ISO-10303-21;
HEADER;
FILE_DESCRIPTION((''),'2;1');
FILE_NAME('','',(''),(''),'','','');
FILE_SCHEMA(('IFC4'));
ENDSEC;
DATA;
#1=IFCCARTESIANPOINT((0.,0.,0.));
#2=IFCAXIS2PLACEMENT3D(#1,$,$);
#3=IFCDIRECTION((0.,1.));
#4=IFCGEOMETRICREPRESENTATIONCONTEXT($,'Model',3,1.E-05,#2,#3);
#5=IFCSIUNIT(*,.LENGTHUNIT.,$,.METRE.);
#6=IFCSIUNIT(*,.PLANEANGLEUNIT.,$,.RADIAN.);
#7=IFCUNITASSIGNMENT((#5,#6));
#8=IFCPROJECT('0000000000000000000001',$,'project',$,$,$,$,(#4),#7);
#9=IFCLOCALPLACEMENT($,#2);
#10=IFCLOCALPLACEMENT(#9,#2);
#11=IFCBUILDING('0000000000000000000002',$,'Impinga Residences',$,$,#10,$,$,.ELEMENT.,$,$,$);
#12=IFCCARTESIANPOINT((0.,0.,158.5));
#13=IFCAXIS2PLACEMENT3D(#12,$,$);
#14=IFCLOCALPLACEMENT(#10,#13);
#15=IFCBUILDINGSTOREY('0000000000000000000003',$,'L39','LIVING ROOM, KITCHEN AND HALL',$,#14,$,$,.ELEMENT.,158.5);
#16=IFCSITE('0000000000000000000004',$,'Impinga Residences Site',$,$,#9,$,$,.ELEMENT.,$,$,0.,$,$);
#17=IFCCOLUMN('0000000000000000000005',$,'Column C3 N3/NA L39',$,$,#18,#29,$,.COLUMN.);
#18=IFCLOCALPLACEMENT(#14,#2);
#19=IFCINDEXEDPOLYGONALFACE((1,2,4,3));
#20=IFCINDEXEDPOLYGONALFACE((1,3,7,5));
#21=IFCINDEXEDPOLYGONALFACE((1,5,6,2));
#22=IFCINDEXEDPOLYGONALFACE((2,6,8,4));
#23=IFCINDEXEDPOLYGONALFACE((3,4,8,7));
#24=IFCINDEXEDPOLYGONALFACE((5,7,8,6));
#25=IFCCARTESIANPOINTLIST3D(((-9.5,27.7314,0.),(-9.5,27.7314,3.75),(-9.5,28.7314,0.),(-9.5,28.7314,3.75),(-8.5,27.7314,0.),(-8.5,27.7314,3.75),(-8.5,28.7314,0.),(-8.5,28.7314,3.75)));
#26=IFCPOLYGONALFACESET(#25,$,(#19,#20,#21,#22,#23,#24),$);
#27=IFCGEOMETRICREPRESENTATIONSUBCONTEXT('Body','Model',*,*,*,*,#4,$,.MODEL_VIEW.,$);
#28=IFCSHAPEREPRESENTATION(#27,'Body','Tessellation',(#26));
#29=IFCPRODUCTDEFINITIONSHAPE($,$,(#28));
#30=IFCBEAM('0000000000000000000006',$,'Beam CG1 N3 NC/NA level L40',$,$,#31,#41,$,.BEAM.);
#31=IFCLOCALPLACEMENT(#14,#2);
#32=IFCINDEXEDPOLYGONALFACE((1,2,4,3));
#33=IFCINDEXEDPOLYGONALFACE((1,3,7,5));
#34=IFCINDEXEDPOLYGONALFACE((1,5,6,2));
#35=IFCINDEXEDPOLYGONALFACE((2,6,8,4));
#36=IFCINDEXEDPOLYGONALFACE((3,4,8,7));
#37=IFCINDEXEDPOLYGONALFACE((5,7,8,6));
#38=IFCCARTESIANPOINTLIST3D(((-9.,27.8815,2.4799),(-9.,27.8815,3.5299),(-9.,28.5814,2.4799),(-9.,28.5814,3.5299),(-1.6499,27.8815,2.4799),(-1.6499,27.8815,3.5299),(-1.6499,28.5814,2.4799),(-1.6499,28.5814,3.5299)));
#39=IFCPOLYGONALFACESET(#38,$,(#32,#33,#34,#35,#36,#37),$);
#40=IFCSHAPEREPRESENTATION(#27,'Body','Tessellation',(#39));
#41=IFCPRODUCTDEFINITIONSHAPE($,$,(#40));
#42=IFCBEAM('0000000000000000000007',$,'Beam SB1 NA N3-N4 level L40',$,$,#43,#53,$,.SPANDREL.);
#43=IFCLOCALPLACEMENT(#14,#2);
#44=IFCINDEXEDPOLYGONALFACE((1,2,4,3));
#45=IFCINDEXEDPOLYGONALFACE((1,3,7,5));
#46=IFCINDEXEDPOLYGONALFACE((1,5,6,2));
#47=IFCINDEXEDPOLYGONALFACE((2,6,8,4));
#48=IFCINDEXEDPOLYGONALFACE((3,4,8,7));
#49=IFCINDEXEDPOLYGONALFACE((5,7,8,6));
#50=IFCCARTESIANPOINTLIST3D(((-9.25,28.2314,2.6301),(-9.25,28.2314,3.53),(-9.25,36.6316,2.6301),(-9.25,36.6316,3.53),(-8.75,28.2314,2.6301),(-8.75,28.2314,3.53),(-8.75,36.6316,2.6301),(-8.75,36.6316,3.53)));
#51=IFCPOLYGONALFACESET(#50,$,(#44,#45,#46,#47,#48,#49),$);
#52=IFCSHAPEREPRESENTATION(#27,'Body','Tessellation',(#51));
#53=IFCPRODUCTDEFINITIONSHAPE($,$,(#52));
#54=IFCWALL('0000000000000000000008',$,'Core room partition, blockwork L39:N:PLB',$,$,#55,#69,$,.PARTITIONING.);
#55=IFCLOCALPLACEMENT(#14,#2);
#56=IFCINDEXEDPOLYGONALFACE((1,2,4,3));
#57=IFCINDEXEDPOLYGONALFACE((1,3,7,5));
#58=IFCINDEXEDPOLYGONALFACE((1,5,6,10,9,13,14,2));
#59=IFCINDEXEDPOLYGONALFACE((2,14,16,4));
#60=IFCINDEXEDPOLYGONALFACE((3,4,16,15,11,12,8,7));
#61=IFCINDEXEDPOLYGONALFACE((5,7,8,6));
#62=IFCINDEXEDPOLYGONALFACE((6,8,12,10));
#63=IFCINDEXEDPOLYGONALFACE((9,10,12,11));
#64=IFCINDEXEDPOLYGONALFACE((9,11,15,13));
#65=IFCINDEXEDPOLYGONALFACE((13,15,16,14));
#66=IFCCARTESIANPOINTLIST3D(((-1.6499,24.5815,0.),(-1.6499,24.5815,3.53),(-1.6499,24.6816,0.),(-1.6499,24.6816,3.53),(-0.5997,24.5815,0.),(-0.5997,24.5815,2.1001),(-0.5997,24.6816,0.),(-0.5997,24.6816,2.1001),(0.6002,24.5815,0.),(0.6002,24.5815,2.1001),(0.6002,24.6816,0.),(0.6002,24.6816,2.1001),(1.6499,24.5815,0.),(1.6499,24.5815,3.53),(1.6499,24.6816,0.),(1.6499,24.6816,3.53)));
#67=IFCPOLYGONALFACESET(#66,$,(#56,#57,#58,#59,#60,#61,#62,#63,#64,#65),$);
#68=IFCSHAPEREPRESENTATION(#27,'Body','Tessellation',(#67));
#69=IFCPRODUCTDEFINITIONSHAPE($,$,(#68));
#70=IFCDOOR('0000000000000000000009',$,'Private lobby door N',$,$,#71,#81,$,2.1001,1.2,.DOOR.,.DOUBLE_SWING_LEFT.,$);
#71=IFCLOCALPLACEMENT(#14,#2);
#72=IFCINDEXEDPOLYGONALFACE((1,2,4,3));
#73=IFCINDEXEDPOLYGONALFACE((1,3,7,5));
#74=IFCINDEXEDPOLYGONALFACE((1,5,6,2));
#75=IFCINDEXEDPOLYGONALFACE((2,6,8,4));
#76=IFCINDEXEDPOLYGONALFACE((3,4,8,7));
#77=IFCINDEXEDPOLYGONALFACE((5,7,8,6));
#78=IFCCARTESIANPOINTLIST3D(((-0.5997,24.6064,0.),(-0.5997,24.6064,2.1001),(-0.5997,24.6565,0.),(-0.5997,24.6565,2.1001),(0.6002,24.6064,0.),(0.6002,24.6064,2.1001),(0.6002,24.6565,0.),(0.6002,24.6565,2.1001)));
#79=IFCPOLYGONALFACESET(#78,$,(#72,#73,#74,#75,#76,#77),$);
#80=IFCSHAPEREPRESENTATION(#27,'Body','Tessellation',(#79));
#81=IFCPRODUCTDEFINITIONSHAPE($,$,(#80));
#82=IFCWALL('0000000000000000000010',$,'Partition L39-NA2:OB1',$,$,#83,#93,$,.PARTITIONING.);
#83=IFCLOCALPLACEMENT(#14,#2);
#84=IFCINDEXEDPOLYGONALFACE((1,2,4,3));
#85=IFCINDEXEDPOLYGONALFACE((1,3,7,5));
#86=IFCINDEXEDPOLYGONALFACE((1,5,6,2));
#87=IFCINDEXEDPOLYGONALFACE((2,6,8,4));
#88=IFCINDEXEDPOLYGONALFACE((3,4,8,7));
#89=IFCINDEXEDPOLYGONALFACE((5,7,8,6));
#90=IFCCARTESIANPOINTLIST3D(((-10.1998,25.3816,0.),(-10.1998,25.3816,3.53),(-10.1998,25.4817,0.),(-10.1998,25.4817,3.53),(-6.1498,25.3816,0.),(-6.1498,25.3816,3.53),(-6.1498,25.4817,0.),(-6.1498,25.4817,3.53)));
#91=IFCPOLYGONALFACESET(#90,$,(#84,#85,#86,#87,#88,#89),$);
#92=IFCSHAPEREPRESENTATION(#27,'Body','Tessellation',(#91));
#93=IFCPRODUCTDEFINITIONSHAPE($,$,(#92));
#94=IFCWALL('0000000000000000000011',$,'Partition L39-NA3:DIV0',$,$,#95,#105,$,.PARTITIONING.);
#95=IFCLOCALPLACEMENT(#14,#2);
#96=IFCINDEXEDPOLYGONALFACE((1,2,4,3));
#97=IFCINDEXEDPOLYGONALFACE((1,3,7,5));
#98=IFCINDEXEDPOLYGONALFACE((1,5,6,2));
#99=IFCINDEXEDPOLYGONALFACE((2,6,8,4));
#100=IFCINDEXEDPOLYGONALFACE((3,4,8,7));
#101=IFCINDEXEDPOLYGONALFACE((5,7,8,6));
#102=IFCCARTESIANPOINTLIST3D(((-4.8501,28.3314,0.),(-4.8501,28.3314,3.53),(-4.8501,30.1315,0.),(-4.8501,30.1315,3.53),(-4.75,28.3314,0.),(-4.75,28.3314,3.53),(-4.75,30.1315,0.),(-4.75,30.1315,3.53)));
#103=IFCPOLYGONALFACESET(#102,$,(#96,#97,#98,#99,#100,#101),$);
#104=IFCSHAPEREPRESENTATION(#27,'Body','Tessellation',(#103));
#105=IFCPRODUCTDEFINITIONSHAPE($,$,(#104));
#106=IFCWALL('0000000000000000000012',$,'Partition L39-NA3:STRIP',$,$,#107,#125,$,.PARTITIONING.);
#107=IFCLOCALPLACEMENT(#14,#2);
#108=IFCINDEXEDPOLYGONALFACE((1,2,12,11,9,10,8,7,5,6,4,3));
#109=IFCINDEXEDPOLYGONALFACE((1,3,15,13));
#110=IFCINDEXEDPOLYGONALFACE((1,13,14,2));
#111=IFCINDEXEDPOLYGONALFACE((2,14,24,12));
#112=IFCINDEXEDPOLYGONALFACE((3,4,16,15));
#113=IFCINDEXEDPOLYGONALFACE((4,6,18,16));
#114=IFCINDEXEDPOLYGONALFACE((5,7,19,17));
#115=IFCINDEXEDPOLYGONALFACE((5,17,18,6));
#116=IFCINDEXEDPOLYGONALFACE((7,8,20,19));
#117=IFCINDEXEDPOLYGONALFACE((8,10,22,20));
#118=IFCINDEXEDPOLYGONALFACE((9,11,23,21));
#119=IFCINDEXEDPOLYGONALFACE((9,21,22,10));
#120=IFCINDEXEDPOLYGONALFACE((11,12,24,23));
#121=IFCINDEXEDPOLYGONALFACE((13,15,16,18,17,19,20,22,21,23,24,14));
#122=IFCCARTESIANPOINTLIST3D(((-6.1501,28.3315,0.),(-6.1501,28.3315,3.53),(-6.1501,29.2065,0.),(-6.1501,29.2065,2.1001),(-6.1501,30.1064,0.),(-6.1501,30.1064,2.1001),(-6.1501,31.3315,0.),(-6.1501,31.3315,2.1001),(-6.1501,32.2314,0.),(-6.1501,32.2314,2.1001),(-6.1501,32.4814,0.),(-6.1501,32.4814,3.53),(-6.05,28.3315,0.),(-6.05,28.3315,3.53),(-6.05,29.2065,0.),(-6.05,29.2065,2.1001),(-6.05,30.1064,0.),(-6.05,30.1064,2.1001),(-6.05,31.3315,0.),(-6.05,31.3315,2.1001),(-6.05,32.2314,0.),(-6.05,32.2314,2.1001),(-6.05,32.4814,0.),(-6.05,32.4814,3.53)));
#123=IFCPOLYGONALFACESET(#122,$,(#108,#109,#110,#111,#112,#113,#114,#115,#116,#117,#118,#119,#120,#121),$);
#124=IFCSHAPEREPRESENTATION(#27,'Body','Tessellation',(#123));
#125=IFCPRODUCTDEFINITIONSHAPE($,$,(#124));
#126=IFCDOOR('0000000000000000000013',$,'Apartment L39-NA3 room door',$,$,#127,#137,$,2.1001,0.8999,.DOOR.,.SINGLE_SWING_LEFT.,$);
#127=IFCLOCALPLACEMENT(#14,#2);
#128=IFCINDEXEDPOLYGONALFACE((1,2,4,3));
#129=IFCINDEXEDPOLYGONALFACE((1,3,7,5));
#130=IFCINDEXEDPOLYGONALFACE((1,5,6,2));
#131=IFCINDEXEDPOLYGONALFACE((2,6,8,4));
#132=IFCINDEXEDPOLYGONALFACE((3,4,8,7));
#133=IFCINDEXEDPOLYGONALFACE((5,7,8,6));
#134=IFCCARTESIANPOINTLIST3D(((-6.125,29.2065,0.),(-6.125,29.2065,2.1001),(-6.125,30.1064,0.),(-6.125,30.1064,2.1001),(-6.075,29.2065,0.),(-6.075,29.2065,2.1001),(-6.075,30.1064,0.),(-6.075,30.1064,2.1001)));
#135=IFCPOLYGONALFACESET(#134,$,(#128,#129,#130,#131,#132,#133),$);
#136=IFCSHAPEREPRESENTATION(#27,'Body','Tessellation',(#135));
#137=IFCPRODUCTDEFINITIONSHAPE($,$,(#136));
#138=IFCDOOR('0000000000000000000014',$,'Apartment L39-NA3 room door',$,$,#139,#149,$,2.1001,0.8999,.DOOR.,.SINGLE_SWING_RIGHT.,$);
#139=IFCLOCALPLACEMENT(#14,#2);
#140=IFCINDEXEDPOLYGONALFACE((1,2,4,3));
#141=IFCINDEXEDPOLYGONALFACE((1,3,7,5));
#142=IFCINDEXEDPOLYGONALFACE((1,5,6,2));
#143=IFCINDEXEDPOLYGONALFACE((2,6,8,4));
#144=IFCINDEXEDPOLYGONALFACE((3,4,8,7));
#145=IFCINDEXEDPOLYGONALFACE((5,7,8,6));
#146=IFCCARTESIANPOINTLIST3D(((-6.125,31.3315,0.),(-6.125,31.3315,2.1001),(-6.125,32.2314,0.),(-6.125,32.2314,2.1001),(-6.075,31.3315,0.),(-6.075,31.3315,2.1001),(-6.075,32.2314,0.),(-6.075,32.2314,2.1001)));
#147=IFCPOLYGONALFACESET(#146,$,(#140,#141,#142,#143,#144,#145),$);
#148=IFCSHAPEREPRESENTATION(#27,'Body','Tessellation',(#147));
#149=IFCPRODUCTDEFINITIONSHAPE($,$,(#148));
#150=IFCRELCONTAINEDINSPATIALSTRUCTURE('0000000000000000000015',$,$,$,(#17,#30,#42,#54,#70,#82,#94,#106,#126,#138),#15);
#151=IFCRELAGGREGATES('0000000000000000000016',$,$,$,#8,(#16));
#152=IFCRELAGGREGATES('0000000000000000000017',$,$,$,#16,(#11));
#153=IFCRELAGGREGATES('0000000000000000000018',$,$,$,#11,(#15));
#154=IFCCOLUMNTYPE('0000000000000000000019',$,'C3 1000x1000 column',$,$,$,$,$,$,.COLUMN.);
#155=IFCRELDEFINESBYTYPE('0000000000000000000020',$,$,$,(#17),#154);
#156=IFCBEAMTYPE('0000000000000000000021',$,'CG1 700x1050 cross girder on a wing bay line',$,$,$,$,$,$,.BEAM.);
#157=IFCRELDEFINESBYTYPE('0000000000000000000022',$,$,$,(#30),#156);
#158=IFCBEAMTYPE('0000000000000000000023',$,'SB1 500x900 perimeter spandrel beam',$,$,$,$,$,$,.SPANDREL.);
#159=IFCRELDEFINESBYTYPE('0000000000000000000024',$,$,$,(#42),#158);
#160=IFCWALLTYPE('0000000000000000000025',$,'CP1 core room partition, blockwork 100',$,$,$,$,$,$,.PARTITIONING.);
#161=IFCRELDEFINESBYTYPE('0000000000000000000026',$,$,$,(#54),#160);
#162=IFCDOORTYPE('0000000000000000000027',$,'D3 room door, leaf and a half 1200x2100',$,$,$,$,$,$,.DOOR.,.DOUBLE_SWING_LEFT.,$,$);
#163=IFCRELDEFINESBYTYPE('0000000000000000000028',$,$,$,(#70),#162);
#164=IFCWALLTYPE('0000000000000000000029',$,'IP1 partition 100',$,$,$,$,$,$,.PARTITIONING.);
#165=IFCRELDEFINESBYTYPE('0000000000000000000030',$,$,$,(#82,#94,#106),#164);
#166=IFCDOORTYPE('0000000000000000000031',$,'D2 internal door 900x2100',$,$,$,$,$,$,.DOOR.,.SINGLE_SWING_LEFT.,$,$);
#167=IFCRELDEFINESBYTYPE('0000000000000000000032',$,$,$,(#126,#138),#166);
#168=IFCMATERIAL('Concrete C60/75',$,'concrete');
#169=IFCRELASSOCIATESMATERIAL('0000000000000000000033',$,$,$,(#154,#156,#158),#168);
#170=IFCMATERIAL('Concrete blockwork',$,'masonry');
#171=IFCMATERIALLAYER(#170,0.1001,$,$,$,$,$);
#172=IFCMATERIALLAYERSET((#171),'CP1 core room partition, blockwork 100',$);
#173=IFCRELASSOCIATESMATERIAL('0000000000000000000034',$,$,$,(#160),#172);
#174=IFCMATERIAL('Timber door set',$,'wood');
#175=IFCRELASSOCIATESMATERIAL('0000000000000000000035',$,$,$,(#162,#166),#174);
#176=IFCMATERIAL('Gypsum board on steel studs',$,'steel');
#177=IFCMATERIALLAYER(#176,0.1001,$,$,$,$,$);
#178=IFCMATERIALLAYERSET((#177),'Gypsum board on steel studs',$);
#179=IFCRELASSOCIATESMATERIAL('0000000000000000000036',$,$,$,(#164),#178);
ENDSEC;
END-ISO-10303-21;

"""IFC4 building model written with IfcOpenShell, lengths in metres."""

from ifc_helpers import new_model, si_unit, direction, frame, frame_2d, origin, origin_2d, place, context, subcontext, project, spatial, rectangle, extrude, material, layer, layer_set, material_profile, profile_set, type_object, element, fill, save


model = new_model("IFC4")

# Units and contexts
model_context = context("Model", 3, precision=1e-05, world=origin(), true_north=direction((0.0, 1.0)))
body_context = subcontext(model_context, "Body", "Model", "MODEL_VIEW")
ifc_project = project(units=[si_unit("LENGTHUNIT", "METRE"), si_unit("PLANEANGLEUNIT", "RADIAN")], contexts=[model_context])

# Site, building, storey
site_placement = place(None, origin())
site = spatial("IfcSite", under=ifc_project, at=site_placement, Name="Impinga Residences Site", CompositionType="ELEMENT", RefElevation=0.0)
building_placement = place(site_placement, origin())
building = spatial("IfcBuilding", under=site, at=building_placement, Name="Impinga Residences", CompositionType="ELEMENT")
storey_placement = place(building_placement, frame((0.0, 0.0, 158.5)))
storey = spatial("IfcBuildingStorey", under=building, at=storey_placement, Name="L39", Description="LIVING ROOM, KITCHEN AND HALL", CompositionType="ELEMENT", Elevation=158.5)

# Column
ifc_material_1 = material(Name="Concrete C60/75", Category="concrete")
ifc_material_profile_1 = material_profile(ifc_material_1, rectangle(XDim=1.0, YDim=1.0, at=origin_2d()), Name="RC 1000x1000")
ifc_profile_set_1 = profile_set([ifc_material_profile_1], Name="Concrete C60/75")
column_type = type_object("IfcColumnType", Name="C3 1000x1000 column", PredefinedType="COLUMN", material=ifc_profile_set_1)
column_placement = place(storey_placement, frame((-9.0, 28.2314, 0.0), z_axis=(0.0, 0.0, 1.0), x_axis=(1.0, 0.0, 0.0)))
element("IfcColumn", 1, at=column_placement, inside=storey, type_object=column_type, Name="Column C3 N3/NA L39", PredefinedType="COLUMN", context=body_context, shape_type="SweptSolid", body=[
    extrude(rectangle(XDim=1.0, YDim=1.0, at=origin_2d()), origin(), (0.0, 0.0, 1.0), 3.75),
])

# Beams
ifc_material_profile_2 = material_profile(ifc_material_1, rectangle(XDim=0.7, YDim=1.05, at=origin_2d()), Name="RC 700x1050")
ifc_profile_set_2 = profile_set([ifc_material_profile_2], Name="Concrete C60/75")
beam_type_1 = type_object("IfcBeamType", Name="CG1 700x1050 cross girder on a wing bay line", PredefinedType="BEAM", material=ifc_profile_set_2)
beam_1_placement = place(storey_placement, frame((-1.6499, 28.2314, 3.0049), z_axis=(-1.0, 0.0, 0.0), x_axis=(0.0, -1.0, 0.0)))
element("IfcBeam", 2, at=beam_1_placement, inside=storey, type_object=beam_type_1, Name="Beam CG1 N3 NC/NA level L40", PredefinedType="BEAM", context=body_context, shape_type="SweptSolid", body=[
    extrude(rectangle(XDim=0.7, YDim=1.05, at=origin_2d()), origin(), (0.0, 0.0, 1.0), 7.3501),
])
ifc_material_profile_3 = material_profile(ifc_material_1, rectangle(XDim=0.5, YDim=0.8999, at=origin_2d()), Name="RC 500x900")
ifc_profile_set_3 = profile_set([ifc_material_profile_3], Name="Concrete C60/75")
beam_type_2 = type_object("IfcBeamType", Name="SB1 500x900 perimeter spandrel beam", PredefinedType="SPANDREL", material=ifc_profile_set_3)
beam_2_placement = place(storey_placement, frame((-9.0, 28.2314, 3.0801), z_axis=(0.0, 1.0, 0.0), x_axis=(-1.0, 0.0, 0.0)))
element("IfcBeam", 3, at=beam_2_placement, inside=storey, type_object=beam_type_2, Name="Beam SB1 NA N3-N4 level L40", PredefinedType="SPANDREL", context=body_context, shape_type="SweptSolid", body=[
    extrude(rectangle(XDim=0.5, YDim=0.8999, at=origin_2d()), origin(), (0.0, 0.0, 1.0), 8.4001),
])

# Wall, opening, door
ifc_material_2 = material(Name="Concrete blockwork", Category="masonry")
ifc_layer_1 = layer(ifc_material_2, 0.1001)
ifc_layer_set_1 = layer_set([ifc_layer_1], Name="CP1 core room partition, blockwork 100")
wall_type_1 = type_object("IfcWallType", Name="CP1 core room partition, blockwork 100", PredefinedType="PARTITIONING", material=ifc_layer_set_1)
wall_1_placement = place(storey_placement, frame((-1.6499, 24.6316, 0.0), z_axis=(0.0, 0.0, 1.0), x_axis=(1.0, 0.0, 0.0)))
wall_1 = element("IfcWall", 4, at=wall_1_placement, inside=storey, type_object=wall_type_1, Name="Core room partition, blockwork L39:N:PLB", PredefinedType="PARTITIONING", context=body_context, shape_type="SweptSolid", body=[
    extrude(rectangle(XDim=3.2998, YDim=0.1001, at=frame_2d((1.6499, 0.0))), origin(), (0.0, 0.0, 1.0), 3.53),
])
opening_1_placement = place(wall_1_placement, frame((1.05, 0.0, 0.0)))
opening_1 = element("IfcOpeningElement", 5, at=opening_1_placement, cuts=wall_1, PredefinedType="OPENING", context=body_context, shape_type="SweptSolid", body=[
    extrude(rectangle(XDim=1.2, YDim=2.1001, at=frame_2d((0.6001, 1.05))), frame((0.0, 0.0601, 0.0), z_axis=(0.0, -1.0, 0.0), x_axis=(1.0, 0.0, 0.0)), (0.0, 0.0, 1.0), 0.1201),
])
ifc_material_3 = material(Name="Timber door set", Category="wood")
door_type_1 = type_object("IfcDoorType", Name="D3 room door, leaf and a half 1200x2100", OperationType="DOUBLE_SWING_LEFT", PredefinedType="DOOR", material=ifc_material_3)
door_1_placement = place(opening_1_placement, origin())
door_1 = element("IfcDoor", 6, at=door_1_placement, inside=storey, type_object=door_type_1, Name="Private lobby door N", OperationType="DOUBLE_SWING_LEFT", OverallHeight=2.1001, OverallWidth=1.2, PredefinedType="DOOR", context=body_context, shape_type="SweptSolid", body=[
    extrude(rectangle(XDim=1.2, YDim=2.1001, at=frame_2d((0.6001, 1.05))), frame((0.0, 0.0249, 0.0), z_axis=(0.0, -1.0, 0.0), x_axis=(1.0, 0.0, 0.0)), (0.0, 0.0, 1.0), 0.05),
])
fill(opening_1, door_1)

# Walls
ifc_material_4 = material(Name="Gypsum board on steel studs", Category="steel")
ifc_layer_2 = layer(ifc_material_4, 0.1001)
ifc_layer_set_2 = layer_set([ifc_layer_2], Name="Gypsum board on steel studs")
wall_type_2 = type_object("IfcWallType", Name="IP1 partition 100", PredefinedType="PARTITIONING", material=ifc_layer_set_2)
wall_2_placement = place(storey_placement, frame((-6.1499, 25.4316, 0.0), z_axis=(0.0, 0.0, 1.0), x_axis=(-1.0, 0.0, 0.0)))
element("IfcWall", 7, at=wall_2_placement, inside=storey, type_object=wall_type_2, Name="Partition L39-NA2:OB1", PredefinedType="PARTITIONING", context=body_context, shape_type="SweptSolid", body=[
    extrude(rectangle(XDim=4.05, YDim=0.1001, at=frame_2d((2.0249, 0.0))), origin(), (0.0, 0.0, 1.0), 3.53),
])
wall_3_placement = place(storey_placement, frame((-4.8, 28.3315, 0.0), z_axis=(0.0, 0.0, 1.0), x_axis=(0.0, 1.0, 0.0)))
element("IfcWall", 8, at=wall_3_placement, inside=storey, type_object=wall_type_2, Name="Partition L39-NA3:DIV0", PredefinedType="PARTITIONING", context=body_context, shape_type="SweptSolid", body=[
    extrude(rectangle(XDim=1.8, YDim=0.1001, at=frame_2d((0.8999, 0.0))), origin(), (0.0, 0.0, 1.0), 3.53),
])

# Wall, openings, doors
wall_4_placement = place(storey_placement, frame((-6.1001, 28.3315, 0.0), z_axis=(0.0, 0.0, 1.0), x_axis=(0.0, 1.0, 0.0)))
wall_4 = element("IfcWall", 9, at=wall_4_placement, inside=storey, type_object=wall_type_2, Name="Partition L39-NA3:STRIP", PredefinedType="PARTITIONING", context=body_context, shape_type="SweptSolid", body=[
    extrude(rectangle(XDim=4.1499, YDim=0.1001, at=frame_2d((2.075, 0.0))), origin(), (0.0, 0.0, 1.0), 3.53),
])
opening_2_placement = place(wall_4_placement, frame((0.875, 0.0, 0.0)))
opening_2 = element("IfcOpeningElement", 10, at=opening_2_placement, cuts=wall_4, PredefinedType="OPENING", context=body_context, shape_type="SweptSolid", body=[
    extrude(rectangle(XDim=0.8999, YDim=2.1001, at=frame_2d((0.45, 1.05))), frame((0.0, 0.0601, 0.0), z_axis=(0.0, -1.0, 0.0), x_axis=(1.0, 0.0, 0.0)), (0.0, 0.0, 1.0), 0.1201),
])
opening_3_placement = place(wall_4_placement, frame((3.0, 0.0, 0.0)))
opening_3 = element("IfcOpeningElement", 11, at=opening_3_placement, cuts=wall_4, PredefinedType="OPENING", context=body_context, shape_type="SweptSolid", body=[
    extrude(rectangle(XDim=0.8999, YDim=2.1001, at=frame_2d((0.45, 1.05))), frame((0.0, 0.0601, 0.0), z_axis=(0.0, -1.0, 0.0), x_axis=(1.0, 0.0, 0.0)), (0.0, 0.0, 1.0), 0.1201),
])
door_type_2 = type_object("IfcDoorType", Name="D2 internal door 900x2100", OperationType="SINGLE_SWING_LEFT", PredefinedType="DOOR", material=ifc_material_3)
door_2_placement = place(opening_2_placement, origin())
door_2 = element("IfcDoor", 12, at=door_2_placement, inside=storey, type_object=door_type_2, Name="Apartment L39-NA3 room door", OperationType="SINGLE_SWING_LEFT", OverallHeight=2.1001, OverallWidth=0.8999, PredefinedType="DOOR", context=body_context, shape_type="SweptSolid", body=[
    extrude(rectangle(XDim=0.8999, YDim=2.1001, at=frame_2d((0.45, 1.05))), frame((0.0, 0.0249, 0.0), z_axis=(0.0, -1.0, 0.0), x_axis=(1.0, 0.0, 0.0)), (0.0, 0.0, 1.0), 0.05),
])
fill(opening_2, door_2)
door_3_placement = place(opening_3_placement, origin())
door_3 = element("IfcDoor", 13, at=door_3_placement, inside=storey, type_object=door_type_2, Name="Apartment L39-NA3 room door", OperationType="SINGLE_SWING_RIGHT", OverallHeight=2.1001, OverallWidth=0.8999, PredefinedType="DOOR", context=body_context, shape_type="SweptSolid", body=[
    extrude(rectangle(XDim=0.8999, YDim=2.1001, at=frame_2d((0.45, 1.05))), frame((0.0, 0.0249, 0.0), z_axis=(0.0, -1.0, 0.0), x_axis=(1.0, 0.0, 0.0)), (0.0, 0.0, 1.0), 0.05),
])
fill(opening_3, door_3)

save(model, "model.ifc")
